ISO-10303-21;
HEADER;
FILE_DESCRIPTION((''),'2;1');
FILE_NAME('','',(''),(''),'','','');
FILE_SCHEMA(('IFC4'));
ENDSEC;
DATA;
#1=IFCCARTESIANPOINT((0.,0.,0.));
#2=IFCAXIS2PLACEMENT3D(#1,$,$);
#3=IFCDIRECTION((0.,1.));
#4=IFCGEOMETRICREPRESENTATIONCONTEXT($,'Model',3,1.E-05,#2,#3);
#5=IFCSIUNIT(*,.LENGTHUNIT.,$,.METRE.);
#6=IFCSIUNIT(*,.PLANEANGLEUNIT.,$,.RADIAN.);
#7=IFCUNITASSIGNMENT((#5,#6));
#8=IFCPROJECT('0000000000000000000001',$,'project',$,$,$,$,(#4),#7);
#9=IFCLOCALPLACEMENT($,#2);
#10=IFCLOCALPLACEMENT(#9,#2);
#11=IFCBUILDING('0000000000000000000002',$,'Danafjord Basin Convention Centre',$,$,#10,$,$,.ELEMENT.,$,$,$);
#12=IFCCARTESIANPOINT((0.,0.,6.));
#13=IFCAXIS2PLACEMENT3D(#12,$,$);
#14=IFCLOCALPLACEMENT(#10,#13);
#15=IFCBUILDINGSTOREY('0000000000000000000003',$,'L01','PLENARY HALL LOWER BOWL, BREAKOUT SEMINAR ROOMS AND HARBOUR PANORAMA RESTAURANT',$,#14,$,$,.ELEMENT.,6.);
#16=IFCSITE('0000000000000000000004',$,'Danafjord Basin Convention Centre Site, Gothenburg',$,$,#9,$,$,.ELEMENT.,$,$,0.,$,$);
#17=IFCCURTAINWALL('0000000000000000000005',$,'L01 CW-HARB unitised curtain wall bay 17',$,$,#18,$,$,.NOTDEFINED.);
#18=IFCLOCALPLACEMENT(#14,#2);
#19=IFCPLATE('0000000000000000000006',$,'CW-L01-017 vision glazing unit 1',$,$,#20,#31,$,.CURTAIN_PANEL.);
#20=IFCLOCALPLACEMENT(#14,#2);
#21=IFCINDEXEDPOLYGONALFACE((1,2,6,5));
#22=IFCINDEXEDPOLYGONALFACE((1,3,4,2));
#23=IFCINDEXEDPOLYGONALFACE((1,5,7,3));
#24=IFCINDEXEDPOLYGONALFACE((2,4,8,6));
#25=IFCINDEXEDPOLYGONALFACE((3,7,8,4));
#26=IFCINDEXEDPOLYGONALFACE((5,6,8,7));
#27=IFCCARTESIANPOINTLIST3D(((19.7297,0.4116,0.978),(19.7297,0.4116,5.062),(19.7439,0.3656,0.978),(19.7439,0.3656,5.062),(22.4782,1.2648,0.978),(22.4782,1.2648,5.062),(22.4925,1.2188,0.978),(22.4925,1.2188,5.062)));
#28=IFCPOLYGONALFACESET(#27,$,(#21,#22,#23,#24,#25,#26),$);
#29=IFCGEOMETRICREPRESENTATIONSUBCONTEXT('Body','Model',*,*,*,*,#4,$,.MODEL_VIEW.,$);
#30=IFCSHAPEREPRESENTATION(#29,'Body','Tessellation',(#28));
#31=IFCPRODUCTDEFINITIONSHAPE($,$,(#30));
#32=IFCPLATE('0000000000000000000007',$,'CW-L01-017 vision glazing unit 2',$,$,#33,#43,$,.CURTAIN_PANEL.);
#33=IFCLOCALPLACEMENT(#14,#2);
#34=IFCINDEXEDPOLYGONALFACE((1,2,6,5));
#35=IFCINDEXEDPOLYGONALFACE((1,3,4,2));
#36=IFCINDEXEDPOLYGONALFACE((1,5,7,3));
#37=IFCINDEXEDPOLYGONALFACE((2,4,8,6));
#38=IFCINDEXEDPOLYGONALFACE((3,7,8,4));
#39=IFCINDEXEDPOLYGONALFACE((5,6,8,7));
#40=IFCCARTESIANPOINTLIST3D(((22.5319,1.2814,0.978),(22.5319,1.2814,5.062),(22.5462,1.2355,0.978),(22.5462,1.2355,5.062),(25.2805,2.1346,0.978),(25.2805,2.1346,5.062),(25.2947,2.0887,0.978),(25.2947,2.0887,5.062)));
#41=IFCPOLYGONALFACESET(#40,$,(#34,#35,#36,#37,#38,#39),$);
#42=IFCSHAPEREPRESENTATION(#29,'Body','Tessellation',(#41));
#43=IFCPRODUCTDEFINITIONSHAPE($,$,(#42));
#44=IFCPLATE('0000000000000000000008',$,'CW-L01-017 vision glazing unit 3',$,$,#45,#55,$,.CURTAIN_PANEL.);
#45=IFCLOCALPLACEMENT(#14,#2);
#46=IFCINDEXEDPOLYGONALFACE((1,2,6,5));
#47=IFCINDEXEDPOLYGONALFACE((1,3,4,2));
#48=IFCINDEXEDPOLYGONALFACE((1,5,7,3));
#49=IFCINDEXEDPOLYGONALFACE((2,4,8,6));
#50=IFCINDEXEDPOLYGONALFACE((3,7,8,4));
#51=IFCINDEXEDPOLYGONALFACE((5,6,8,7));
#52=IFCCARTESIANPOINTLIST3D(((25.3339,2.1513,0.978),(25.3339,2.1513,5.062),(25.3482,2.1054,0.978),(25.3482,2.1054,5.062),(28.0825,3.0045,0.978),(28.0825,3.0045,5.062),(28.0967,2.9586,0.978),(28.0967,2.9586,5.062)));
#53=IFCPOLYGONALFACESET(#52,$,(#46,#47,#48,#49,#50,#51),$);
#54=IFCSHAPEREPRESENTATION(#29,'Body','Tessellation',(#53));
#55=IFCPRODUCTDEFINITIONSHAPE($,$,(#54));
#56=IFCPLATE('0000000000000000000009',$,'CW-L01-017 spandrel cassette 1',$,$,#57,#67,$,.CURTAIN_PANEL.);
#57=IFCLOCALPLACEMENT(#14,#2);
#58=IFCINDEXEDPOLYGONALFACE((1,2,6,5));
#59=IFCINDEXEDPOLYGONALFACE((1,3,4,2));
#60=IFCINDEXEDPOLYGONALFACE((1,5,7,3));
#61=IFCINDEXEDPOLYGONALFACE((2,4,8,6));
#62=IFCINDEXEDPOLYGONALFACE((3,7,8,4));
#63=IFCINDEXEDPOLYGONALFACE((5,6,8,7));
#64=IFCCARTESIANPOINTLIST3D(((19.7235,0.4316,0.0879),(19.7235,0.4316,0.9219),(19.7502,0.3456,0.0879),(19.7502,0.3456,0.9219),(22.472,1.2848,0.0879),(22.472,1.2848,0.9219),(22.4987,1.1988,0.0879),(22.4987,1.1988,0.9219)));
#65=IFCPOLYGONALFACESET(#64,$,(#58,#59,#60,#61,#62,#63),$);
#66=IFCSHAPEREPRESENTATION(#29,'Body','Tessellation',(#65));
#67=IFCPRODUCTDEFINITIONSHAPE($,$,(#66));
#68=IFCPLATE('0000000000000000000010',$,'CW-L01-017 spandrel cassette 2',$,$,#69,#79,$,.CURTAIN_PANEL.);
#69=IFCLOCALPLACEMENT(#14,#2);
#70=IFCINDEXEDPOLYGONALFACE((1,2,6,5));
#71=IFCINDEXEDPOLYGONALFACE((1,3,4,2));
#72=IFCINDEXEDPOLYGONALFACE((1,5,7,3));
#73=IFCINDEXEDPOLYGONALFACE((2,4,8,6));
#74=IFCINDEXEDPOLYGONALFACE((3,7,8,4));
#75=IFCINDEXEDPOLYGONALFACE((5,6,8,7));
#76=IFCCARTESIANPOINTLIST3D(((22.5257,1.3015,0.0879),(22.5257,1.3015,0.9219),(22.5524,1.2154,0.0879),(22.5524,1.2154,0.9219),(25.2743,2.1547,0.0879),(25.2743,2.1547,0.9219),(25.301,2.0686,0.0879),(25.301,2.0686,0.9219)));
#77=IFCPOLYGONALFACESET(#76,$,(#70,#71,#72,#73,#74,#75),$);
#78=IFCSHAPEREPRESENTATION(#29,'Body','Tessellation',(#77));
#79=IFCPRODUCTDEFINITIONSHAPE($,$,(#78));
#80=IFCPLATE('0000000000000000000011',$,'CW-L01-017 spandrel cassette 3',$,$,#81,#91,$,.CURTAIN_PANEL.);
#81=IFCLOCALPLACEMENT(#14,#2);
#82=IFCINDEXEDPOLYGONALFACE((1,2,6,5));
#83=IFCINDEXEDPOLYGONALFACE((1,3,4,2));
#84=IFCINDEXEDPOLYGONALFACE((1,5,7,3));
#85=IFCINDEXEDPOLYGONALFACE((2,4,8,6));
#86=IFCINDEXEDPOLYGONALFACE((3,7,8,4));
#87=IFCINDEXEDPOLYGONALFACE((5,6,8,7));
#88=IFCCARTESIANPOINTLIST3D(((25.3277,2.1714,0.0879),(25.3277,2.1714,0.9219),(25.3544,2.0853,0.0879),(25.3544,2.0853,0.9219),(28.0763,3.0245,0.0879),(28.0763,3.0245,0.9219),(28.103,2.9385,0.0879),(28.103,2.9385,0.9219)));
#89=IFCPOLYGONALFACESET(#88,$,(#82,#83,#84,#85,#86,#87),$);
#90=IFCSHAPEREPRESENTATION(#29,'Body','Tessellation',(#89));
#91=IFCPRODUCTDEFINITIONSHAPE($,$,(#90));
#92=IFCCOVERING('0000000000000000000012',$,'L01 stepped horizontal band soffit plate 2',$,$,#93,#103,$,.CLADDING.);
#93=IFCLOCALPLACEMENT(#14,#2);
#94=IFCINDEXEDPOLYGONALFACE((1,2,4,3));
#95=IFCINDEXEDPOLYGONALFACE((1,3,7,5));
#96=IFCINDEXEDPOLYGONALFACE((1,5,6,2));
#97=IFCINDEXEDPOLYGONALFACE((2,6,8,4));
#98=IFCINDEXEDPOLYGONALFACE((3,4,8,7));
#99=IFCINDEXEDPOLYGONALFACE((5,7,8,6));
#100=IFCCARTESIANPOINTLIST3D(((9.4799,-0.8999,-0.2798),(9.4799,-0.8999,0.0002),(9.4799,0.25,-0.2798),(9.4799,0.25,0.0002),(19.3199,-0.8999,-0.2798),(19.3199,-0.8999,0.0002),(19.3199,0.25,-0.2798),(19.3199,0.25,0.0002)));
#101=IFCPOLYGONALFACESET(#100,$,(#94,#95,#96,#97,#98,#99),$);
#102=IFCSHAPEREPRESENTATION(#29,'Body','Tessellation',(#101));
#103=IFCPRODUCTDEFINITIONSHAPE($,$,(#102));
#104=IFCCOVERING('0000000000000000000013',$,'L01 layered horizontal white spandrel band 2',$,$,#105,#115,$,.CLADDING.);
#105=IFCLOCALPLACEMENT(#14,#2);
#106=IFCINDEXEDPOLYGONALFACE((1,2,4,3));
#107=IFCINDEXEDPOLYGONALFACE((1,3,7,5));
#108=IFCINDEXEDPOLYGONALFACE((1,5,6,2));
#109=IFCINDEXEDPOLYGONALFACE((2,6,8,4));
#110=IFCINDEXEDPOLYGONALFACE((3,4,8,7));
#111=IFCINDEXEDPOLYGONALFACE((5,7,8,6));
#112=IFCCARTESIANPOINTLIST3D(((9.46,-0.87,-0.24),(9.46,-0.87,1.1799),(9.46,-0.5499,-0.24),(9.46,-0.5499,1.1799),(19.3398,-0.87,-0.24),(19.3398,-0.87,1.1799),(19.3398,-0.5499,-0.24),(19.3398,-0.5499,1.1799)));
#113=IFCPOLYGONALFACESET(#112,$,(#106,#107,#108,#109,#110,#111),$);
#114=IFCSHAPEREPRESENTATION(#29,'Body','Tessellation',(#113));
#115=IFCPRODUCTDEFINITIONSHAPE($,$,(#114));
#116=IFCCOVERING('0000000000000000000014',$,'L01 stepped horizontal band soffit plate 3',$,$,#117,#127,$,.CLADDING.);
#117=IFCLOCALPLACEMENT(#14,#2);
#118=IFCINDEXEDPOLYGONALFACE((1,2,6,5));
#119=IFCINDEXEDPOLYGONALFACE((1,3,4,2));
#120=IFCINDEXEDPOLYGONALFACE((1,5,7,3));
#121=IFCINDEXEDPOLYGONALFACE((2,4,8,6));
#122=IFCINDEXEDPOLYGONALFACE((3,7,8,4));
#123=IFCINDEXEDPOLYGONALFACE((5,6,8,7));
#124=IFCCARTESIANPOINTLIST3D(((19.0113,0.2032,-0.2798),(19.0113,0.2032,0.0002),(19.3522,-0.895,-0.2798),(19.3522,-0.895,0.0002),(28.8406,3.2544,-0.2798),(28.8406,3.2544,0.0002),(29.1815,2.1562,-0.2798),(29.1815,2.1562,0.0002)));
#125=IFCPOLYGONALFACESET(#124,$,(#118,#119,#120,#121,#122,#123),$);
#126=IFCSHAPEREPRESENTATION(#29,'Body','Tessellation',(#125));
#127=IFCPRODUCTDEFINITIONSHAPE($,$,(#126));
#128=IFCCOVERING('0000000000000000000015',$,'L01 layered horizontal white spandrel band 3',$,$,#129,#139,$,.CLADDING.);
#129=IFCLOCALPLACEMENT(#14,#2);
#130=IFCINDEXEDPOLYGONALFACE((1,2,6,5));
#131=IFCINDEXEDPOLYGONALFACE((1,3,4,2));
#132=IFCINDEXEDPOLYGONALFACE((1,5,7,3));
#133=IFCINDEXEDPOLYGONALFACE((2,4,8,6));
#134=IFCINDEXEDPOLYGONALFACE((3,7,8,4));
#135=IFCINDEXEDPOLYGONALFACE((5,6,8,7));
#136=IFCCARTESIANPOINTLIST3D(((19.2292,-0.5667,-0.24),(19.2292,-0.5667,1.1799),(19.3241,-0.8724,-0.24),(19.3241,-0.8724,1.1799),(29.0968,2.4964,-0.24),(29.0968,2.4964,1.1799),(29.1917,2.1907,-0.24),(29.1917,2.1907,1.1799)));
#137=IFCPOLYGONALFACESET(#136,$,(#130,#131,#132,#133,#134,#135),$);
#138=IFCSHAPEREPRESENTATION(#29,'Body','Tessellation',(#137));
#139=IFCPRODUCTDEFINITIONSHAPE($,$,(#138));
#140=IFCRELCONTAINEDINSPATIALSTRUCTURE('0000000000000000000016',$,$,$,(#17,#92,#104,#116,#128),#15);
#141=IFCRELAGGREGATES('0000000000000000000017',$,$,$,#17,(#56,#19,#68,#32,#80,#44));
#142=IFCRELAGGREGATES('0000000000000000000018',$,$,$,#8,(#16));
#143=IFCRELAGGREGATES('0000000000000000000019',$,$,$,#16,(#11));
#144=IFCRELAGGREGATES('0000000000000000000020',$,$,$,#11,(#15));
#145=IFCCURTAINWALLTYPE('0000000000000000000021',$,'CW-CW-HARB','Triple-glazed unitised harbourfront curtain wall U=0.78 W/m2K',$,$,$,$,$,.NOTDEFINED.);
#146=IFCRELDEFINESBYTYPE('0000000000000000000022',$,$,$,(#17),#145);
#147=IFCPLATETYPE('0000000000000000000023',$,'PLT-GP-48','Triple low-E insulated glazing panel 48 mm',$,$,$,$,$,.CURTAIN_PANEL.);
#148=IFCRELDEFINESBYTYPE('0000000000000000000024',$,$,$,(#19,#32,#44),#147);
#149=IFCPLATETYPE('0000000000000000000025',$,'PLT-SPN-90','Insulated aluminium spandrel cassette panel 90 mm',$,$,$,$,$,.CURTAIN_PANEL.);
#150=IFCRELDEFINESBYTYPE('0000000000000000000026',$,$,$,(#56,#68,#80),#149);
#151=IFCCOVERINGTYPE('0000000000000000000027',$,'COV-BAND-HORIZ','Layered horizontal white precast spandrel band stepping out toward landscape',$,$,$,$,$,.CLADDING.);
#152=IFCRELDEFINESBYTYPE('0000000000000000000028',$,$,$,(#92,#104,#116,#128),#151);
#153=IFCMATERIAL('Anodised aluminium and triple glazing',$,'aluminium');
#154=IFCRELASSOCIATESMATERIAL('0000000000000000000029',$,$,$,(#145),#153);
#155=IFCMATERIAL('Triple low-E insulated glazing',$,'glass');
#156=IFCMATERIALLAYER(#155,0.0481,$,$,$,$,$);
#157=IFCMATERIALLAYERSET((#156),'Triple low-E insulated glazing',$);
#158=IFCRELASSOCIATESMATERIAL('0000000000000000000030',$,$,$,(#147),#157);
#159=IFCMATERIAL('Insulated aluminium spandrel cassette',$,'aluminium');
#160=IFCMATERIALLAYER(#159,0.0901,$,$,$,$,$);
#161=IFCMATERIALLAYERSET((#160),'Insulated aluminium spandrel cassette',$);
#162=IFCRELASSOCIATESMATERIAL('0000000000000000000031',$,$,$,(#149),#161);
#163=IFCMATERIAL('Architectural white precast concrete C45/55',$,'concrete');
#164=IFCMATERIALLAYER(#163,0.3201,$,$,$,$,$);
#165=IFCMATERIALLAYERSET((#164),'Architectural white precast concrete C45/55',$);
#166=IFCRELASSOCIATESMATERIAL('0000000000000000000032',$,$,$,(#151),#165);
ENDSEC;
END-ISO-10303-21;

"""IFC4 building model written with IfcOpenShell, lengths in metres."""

from ifc_helpers import new_model, si_unit, direction, frame, origin, origin_2d, place, context, subcontext, project, spatial, rectangle, extrude, material, layer, layer_set, type_object, element, aggregate, save


model = new_model("IFC4")

# Units and contexts
model_context = context("Model", 3, precision=1e-05, world=origin(), true_north=direction((0.0, 1.0)))
body_context = subcontext(model_context, "Body", "Model", "MODEL_VIEW")
ifc_project = project(units=[si_unit("LENGTHUNIT", "METRE"), si_unit("PLANEANGLEUNIT", "RADIAN")], contexts=[model_context])

# Site, building, storey
site_placement = place(None, origin())
site = spatial("IfcSite", under=ifc_project, at=site_placement, Name="Danafjord Basin Convention Centre Site, Gothenburg", CompositionType="ELEMENT", RefElevation=0.0)
building_placement = place(site_placement, origin())
building = spatial("IfcBuilding", under=site, at=building_placement, Name="Danafjord Basin Convention Centre", CompositionType="ELEMENT")
storey_placement = place(building_placement, frame((0.0, 0.0, 6.0)))
storey = spatial("IfcBuildingStorey", under=building, at=storey_placement, Name="L01", Description="PLENARY HALL LOWER BOWL, BREAKOUT SEMINAR ROOMS AND HARBOUR PANORAMA RESTAURANT", CompositionType="ELEMENT", Elevation=6.0)

# Curtain wall, plates
ifc_material_1 = material(Name="Anodised aluminium and triple glazing", Category="aluminium")
curtain_wall_type = type_object("IfcCurtainWallType", Name="CW-CW-HARB", Description="Triple-glazed unitised harbourfront curtain wall U=0.78 W/m2K", PredefinedType="NOTDEFINED", material=ifc_material_1)
curtain_wall_placement = place(storey_placement, origin())
curtain_wall = element("IfcCurtainWall", 1, at=curtain_wall_placement, inside=storey, type_object=curtain_wall_type, Name="L01 CW-HARB unitised curtain wall bay 17", PredefinedType="NOTDEFINED")
ifc_material_2 = material(Name="Triple low-E insulated glazing", Category="glass")
ifc_layer_1 = layer(ifc_material_2, 0.0481)
ifc_layer_set_1 = layer_set([ifc_layer_1], Name="Triple low-E insulated glazing")
plate_type_1 = type_object("IfcPlateType", Name="PLT-GP-48", Description="Triple low-E insulated glazing panel 48 mm", PredefinedType="CURTAIN_PANEL", material=ifc_layer_set_1)
plate_1_placement = place(storey_placement, frame((21.1111, 0.8152, 0.978), z_axis=(0.0, 0.0, 1.0), x_axis=(0.955045, 0.296462, 0.0)))
plate_1 = element("IfcPlate", 2, at=plate_1_placement, type_object=plate_type_1, Name="CW-L01-017 vision glazing unit 1", PredefinedType="CURTAIN_PANEL", context=body_context, shape_type="SweptSolid", body=[
    extrude(rectangle(XDim=2.8779, YDim=0.0481, at=origin_2d()), origin(), (0.0, 0.0, 1.0), 4.084),
])
plate_2_placement = place(storey_placement, frame((23.9133, 1.6851, 0.978), z_axis=(0.0, 0.0, 1.0), x_axis=(0.955045, 0.296462, 0.0)))
plate_2 = element("IfcPlate", 3, at=plate_2_placement, type_object=plate_type_1, Name="CW-L01-017 vision glazing unit 2", PredefinedType="CURTAIN_PANEL", context=body_context, shape_type="SweptSolid", body=[
    extrude(rectangle(XDim=2.8779, YDim=0.0481, at=origin_2d()), origin(), (0.0, 0.0, 1.0), 4.084),
])
plate_3_placement = place(storey_placement, frame((26.7153, 2.5549, 0.978), z_axis=(0.0, 0.0, 1.0), x_axis=(0.955045, 0.296462, 0.0)))
plate_3 = element("IfcPlate", 4, at=plate_3_placement, type_object=plate_type_1, Name="CW-L01-017 vision glazing unit 3", PredefinedType="CURTAIN_PANEL", context=body_context, shape_type="SweptSolid", body=[
    extrude(rectangle(XDim=2.8779, YDim=0.0481, at=origin_2d()), origin(), (0.0, 0.0, 1.0), 4.084),
])
ifc_material_3 = material(Name="Insulated aluminium spandrel cassette", Category="aluminium")
ifc_layer_2 = layer(ifc_material_3, 0.0901)
ifc_layer_set_2 = layer_set([ifc_layer_2], Name="Insulated aluminium spandrel cassette")
plate_type_2 = type_object("IfcPlateType", Name="PLT-SPN-90", Description="Insulated aluminium spandrel cassette panel 90 mm", PredefinedType="CURTAIN_PANEL", material=ifc_layer_set_2)
plate_4_placement = place(storey_placement, frame((21.1111, 0.8152, 0.0879), z_axis=(0.0, 0.0, 1.0), x_axis=(0.955045, 0.296462, 0.0)))
plate_4 = element("IfcPlate", 5, at=plate_4_placement, type_object=plate_type_2, Name="CW-L01-017 spandrel cassette 1", PredefinedType="CURTAIN_PANEL", context=body_context, shape_type="SweptSolid", body=[
    extrude(rectangle(XDim=2.8779, YDim=0.0901, at=origin_2d()), origin(), (0.0, 0.0, 1.0), 0.834),
])
plate_5_placement = place(storey_placement, frame((23.9133, 1.6851, 0.0879), z_axis=(0.0, 0.0, 1.0), x_axis=(0.955045, 0.296462, 0.0)))
plate_5 = element("IfcPlate", 6, at=plate_5_placement, type_object=plate_type_2, Name="CW-L01-017 spandrel cassette 2", PredefinedType="CURTAIN_PANEL", context=body_context, shape_type="SweptSolid", body=[
    extrude(rectangle(XDim=2.8779, YDim=0.0901, at=origin_2d()), origin(), (0.0, 0.0, 1.0), 0.834),
])
plate_6_placement = place(storey_placement, frame((26.7153, 2.5549, 0.0879), z_axis=(0.0, 0.0, 1.0), x_axis=(0.955045, 0.296462, 0.0)))
plate_6 = element("IfcPlate", 7, at=plate_6_placement, type_object=plate_type_2, Name="CW-L01-017 spandrel cassette 3", PredefinedType="CURTAIN_PANEL", context=body_context, shape_type="SweptSolid", body=[
    extrude(rectangle(XDim=2.8779, YDim=0.0901, at=origin_2d()), origin(), (0.0, 0.0, 1.0), 0.834),
])
aggregate(curtain_wall, [plate_4, plate_1, plate_5, plate_2, plate_6, plate_3])

# Coverings
ifc_material_4 = material(Name="Architectural white precast concrete C45/55", Category="concrete")
ifc_layer_3 = layer(ifc_material_4, 0.3201)
ifc_layer_set_3 = layer_set([ifc_layer_3], Name="Architectural white precast concrete C45/55")
covering_type = type_object("IfcCoveringType", Name="COV-BAND-HORIZ", Description="Layered horizontal white precast spandrel band stepping out toward landscape", PredefinedType="CLADDING", material=ifc_layer_set_3)
covering_1_placement = place(storey_placement, frame((14.3999, -0.325, -0.2798), z_axis=(0.0, 0.0, 1.0), x_axis=(1.0, 0.0, 0.0)))
element("IfcCovering", 8, at=covering_1_placement, inside=storey, type_object=covering_type, Name="L01 stepped horizontal band soffit plate 2", PredefinedType="CLADDING", context=body_context, shape_type="SweptSolid", body=[
    extrude(rectangle(XDim=9.8401, YDim=1.1499, at=origin_2d()), origin(), (0.0, 0.0, 1.0), 0.28),
])
covering_2_placement = place(storey_placement, frame((14.3999, -0.71, -0.24), z_axis=(0.0, 0.0, 1.0), x_axis=(1.0, 0.0, 0.0)))
element("IfcCovering", 9, at=covering_2_placement, inside=storey, type_object=covering_type, Name="L01 layered horizontal white spandrel band 2", PredefinedType="CLADDING", context=body_context, shape_type="SweptSolid", body=[
    extrude(rectangle(XDim=9.8799, YDim=0.3201, at=origin_2d()), origin(), (0.0, 0.0, 1.0), 1.4199),
])
covering_3_placement = place(storey_placement, frame((24.0964, 1.1797, -0.2798), z_axis=(0.0, 0.0, 1.0), x_axis=(0.955045, 0.296462, 0.0)))
element("IfcCovering", 10, at=covering_3_placement, inside=storey, type_object=covering_type, Name="L01 stepped horizontal band soffit plate 3", PredefinedType="CLADDING", context=body_context, shape_type="SweptSolid", body=[
    extrude(rectangle(XDim=10.292, YDim=1.1499, at=origin_2d()), origin(), (0.0, 0.0, 1.0), 0.28),
])
covering_4_placement = place(storey_placement, frame((24.2104, 0.812, -0.24), z_axis=(0.0, 0.0, 1.0), x_axis=(0.955045, 0.296462, 0.0)))
element("IfcCovering", 11, at=covering_4_placement, inside=storey, type_object=covering_type, Name="L01 layered horizontal white spandrel band 3", PredefinedType="CLADDING", context=body_context, shape_type="SweptSolid", body=[
    extrude(rectangle(XDim=10.332, YDim=0.3201, at=origin_2d()), origin(), (0.0, 0.0, 1.0), 1.4199),
])

save(model, "model.ifc")
